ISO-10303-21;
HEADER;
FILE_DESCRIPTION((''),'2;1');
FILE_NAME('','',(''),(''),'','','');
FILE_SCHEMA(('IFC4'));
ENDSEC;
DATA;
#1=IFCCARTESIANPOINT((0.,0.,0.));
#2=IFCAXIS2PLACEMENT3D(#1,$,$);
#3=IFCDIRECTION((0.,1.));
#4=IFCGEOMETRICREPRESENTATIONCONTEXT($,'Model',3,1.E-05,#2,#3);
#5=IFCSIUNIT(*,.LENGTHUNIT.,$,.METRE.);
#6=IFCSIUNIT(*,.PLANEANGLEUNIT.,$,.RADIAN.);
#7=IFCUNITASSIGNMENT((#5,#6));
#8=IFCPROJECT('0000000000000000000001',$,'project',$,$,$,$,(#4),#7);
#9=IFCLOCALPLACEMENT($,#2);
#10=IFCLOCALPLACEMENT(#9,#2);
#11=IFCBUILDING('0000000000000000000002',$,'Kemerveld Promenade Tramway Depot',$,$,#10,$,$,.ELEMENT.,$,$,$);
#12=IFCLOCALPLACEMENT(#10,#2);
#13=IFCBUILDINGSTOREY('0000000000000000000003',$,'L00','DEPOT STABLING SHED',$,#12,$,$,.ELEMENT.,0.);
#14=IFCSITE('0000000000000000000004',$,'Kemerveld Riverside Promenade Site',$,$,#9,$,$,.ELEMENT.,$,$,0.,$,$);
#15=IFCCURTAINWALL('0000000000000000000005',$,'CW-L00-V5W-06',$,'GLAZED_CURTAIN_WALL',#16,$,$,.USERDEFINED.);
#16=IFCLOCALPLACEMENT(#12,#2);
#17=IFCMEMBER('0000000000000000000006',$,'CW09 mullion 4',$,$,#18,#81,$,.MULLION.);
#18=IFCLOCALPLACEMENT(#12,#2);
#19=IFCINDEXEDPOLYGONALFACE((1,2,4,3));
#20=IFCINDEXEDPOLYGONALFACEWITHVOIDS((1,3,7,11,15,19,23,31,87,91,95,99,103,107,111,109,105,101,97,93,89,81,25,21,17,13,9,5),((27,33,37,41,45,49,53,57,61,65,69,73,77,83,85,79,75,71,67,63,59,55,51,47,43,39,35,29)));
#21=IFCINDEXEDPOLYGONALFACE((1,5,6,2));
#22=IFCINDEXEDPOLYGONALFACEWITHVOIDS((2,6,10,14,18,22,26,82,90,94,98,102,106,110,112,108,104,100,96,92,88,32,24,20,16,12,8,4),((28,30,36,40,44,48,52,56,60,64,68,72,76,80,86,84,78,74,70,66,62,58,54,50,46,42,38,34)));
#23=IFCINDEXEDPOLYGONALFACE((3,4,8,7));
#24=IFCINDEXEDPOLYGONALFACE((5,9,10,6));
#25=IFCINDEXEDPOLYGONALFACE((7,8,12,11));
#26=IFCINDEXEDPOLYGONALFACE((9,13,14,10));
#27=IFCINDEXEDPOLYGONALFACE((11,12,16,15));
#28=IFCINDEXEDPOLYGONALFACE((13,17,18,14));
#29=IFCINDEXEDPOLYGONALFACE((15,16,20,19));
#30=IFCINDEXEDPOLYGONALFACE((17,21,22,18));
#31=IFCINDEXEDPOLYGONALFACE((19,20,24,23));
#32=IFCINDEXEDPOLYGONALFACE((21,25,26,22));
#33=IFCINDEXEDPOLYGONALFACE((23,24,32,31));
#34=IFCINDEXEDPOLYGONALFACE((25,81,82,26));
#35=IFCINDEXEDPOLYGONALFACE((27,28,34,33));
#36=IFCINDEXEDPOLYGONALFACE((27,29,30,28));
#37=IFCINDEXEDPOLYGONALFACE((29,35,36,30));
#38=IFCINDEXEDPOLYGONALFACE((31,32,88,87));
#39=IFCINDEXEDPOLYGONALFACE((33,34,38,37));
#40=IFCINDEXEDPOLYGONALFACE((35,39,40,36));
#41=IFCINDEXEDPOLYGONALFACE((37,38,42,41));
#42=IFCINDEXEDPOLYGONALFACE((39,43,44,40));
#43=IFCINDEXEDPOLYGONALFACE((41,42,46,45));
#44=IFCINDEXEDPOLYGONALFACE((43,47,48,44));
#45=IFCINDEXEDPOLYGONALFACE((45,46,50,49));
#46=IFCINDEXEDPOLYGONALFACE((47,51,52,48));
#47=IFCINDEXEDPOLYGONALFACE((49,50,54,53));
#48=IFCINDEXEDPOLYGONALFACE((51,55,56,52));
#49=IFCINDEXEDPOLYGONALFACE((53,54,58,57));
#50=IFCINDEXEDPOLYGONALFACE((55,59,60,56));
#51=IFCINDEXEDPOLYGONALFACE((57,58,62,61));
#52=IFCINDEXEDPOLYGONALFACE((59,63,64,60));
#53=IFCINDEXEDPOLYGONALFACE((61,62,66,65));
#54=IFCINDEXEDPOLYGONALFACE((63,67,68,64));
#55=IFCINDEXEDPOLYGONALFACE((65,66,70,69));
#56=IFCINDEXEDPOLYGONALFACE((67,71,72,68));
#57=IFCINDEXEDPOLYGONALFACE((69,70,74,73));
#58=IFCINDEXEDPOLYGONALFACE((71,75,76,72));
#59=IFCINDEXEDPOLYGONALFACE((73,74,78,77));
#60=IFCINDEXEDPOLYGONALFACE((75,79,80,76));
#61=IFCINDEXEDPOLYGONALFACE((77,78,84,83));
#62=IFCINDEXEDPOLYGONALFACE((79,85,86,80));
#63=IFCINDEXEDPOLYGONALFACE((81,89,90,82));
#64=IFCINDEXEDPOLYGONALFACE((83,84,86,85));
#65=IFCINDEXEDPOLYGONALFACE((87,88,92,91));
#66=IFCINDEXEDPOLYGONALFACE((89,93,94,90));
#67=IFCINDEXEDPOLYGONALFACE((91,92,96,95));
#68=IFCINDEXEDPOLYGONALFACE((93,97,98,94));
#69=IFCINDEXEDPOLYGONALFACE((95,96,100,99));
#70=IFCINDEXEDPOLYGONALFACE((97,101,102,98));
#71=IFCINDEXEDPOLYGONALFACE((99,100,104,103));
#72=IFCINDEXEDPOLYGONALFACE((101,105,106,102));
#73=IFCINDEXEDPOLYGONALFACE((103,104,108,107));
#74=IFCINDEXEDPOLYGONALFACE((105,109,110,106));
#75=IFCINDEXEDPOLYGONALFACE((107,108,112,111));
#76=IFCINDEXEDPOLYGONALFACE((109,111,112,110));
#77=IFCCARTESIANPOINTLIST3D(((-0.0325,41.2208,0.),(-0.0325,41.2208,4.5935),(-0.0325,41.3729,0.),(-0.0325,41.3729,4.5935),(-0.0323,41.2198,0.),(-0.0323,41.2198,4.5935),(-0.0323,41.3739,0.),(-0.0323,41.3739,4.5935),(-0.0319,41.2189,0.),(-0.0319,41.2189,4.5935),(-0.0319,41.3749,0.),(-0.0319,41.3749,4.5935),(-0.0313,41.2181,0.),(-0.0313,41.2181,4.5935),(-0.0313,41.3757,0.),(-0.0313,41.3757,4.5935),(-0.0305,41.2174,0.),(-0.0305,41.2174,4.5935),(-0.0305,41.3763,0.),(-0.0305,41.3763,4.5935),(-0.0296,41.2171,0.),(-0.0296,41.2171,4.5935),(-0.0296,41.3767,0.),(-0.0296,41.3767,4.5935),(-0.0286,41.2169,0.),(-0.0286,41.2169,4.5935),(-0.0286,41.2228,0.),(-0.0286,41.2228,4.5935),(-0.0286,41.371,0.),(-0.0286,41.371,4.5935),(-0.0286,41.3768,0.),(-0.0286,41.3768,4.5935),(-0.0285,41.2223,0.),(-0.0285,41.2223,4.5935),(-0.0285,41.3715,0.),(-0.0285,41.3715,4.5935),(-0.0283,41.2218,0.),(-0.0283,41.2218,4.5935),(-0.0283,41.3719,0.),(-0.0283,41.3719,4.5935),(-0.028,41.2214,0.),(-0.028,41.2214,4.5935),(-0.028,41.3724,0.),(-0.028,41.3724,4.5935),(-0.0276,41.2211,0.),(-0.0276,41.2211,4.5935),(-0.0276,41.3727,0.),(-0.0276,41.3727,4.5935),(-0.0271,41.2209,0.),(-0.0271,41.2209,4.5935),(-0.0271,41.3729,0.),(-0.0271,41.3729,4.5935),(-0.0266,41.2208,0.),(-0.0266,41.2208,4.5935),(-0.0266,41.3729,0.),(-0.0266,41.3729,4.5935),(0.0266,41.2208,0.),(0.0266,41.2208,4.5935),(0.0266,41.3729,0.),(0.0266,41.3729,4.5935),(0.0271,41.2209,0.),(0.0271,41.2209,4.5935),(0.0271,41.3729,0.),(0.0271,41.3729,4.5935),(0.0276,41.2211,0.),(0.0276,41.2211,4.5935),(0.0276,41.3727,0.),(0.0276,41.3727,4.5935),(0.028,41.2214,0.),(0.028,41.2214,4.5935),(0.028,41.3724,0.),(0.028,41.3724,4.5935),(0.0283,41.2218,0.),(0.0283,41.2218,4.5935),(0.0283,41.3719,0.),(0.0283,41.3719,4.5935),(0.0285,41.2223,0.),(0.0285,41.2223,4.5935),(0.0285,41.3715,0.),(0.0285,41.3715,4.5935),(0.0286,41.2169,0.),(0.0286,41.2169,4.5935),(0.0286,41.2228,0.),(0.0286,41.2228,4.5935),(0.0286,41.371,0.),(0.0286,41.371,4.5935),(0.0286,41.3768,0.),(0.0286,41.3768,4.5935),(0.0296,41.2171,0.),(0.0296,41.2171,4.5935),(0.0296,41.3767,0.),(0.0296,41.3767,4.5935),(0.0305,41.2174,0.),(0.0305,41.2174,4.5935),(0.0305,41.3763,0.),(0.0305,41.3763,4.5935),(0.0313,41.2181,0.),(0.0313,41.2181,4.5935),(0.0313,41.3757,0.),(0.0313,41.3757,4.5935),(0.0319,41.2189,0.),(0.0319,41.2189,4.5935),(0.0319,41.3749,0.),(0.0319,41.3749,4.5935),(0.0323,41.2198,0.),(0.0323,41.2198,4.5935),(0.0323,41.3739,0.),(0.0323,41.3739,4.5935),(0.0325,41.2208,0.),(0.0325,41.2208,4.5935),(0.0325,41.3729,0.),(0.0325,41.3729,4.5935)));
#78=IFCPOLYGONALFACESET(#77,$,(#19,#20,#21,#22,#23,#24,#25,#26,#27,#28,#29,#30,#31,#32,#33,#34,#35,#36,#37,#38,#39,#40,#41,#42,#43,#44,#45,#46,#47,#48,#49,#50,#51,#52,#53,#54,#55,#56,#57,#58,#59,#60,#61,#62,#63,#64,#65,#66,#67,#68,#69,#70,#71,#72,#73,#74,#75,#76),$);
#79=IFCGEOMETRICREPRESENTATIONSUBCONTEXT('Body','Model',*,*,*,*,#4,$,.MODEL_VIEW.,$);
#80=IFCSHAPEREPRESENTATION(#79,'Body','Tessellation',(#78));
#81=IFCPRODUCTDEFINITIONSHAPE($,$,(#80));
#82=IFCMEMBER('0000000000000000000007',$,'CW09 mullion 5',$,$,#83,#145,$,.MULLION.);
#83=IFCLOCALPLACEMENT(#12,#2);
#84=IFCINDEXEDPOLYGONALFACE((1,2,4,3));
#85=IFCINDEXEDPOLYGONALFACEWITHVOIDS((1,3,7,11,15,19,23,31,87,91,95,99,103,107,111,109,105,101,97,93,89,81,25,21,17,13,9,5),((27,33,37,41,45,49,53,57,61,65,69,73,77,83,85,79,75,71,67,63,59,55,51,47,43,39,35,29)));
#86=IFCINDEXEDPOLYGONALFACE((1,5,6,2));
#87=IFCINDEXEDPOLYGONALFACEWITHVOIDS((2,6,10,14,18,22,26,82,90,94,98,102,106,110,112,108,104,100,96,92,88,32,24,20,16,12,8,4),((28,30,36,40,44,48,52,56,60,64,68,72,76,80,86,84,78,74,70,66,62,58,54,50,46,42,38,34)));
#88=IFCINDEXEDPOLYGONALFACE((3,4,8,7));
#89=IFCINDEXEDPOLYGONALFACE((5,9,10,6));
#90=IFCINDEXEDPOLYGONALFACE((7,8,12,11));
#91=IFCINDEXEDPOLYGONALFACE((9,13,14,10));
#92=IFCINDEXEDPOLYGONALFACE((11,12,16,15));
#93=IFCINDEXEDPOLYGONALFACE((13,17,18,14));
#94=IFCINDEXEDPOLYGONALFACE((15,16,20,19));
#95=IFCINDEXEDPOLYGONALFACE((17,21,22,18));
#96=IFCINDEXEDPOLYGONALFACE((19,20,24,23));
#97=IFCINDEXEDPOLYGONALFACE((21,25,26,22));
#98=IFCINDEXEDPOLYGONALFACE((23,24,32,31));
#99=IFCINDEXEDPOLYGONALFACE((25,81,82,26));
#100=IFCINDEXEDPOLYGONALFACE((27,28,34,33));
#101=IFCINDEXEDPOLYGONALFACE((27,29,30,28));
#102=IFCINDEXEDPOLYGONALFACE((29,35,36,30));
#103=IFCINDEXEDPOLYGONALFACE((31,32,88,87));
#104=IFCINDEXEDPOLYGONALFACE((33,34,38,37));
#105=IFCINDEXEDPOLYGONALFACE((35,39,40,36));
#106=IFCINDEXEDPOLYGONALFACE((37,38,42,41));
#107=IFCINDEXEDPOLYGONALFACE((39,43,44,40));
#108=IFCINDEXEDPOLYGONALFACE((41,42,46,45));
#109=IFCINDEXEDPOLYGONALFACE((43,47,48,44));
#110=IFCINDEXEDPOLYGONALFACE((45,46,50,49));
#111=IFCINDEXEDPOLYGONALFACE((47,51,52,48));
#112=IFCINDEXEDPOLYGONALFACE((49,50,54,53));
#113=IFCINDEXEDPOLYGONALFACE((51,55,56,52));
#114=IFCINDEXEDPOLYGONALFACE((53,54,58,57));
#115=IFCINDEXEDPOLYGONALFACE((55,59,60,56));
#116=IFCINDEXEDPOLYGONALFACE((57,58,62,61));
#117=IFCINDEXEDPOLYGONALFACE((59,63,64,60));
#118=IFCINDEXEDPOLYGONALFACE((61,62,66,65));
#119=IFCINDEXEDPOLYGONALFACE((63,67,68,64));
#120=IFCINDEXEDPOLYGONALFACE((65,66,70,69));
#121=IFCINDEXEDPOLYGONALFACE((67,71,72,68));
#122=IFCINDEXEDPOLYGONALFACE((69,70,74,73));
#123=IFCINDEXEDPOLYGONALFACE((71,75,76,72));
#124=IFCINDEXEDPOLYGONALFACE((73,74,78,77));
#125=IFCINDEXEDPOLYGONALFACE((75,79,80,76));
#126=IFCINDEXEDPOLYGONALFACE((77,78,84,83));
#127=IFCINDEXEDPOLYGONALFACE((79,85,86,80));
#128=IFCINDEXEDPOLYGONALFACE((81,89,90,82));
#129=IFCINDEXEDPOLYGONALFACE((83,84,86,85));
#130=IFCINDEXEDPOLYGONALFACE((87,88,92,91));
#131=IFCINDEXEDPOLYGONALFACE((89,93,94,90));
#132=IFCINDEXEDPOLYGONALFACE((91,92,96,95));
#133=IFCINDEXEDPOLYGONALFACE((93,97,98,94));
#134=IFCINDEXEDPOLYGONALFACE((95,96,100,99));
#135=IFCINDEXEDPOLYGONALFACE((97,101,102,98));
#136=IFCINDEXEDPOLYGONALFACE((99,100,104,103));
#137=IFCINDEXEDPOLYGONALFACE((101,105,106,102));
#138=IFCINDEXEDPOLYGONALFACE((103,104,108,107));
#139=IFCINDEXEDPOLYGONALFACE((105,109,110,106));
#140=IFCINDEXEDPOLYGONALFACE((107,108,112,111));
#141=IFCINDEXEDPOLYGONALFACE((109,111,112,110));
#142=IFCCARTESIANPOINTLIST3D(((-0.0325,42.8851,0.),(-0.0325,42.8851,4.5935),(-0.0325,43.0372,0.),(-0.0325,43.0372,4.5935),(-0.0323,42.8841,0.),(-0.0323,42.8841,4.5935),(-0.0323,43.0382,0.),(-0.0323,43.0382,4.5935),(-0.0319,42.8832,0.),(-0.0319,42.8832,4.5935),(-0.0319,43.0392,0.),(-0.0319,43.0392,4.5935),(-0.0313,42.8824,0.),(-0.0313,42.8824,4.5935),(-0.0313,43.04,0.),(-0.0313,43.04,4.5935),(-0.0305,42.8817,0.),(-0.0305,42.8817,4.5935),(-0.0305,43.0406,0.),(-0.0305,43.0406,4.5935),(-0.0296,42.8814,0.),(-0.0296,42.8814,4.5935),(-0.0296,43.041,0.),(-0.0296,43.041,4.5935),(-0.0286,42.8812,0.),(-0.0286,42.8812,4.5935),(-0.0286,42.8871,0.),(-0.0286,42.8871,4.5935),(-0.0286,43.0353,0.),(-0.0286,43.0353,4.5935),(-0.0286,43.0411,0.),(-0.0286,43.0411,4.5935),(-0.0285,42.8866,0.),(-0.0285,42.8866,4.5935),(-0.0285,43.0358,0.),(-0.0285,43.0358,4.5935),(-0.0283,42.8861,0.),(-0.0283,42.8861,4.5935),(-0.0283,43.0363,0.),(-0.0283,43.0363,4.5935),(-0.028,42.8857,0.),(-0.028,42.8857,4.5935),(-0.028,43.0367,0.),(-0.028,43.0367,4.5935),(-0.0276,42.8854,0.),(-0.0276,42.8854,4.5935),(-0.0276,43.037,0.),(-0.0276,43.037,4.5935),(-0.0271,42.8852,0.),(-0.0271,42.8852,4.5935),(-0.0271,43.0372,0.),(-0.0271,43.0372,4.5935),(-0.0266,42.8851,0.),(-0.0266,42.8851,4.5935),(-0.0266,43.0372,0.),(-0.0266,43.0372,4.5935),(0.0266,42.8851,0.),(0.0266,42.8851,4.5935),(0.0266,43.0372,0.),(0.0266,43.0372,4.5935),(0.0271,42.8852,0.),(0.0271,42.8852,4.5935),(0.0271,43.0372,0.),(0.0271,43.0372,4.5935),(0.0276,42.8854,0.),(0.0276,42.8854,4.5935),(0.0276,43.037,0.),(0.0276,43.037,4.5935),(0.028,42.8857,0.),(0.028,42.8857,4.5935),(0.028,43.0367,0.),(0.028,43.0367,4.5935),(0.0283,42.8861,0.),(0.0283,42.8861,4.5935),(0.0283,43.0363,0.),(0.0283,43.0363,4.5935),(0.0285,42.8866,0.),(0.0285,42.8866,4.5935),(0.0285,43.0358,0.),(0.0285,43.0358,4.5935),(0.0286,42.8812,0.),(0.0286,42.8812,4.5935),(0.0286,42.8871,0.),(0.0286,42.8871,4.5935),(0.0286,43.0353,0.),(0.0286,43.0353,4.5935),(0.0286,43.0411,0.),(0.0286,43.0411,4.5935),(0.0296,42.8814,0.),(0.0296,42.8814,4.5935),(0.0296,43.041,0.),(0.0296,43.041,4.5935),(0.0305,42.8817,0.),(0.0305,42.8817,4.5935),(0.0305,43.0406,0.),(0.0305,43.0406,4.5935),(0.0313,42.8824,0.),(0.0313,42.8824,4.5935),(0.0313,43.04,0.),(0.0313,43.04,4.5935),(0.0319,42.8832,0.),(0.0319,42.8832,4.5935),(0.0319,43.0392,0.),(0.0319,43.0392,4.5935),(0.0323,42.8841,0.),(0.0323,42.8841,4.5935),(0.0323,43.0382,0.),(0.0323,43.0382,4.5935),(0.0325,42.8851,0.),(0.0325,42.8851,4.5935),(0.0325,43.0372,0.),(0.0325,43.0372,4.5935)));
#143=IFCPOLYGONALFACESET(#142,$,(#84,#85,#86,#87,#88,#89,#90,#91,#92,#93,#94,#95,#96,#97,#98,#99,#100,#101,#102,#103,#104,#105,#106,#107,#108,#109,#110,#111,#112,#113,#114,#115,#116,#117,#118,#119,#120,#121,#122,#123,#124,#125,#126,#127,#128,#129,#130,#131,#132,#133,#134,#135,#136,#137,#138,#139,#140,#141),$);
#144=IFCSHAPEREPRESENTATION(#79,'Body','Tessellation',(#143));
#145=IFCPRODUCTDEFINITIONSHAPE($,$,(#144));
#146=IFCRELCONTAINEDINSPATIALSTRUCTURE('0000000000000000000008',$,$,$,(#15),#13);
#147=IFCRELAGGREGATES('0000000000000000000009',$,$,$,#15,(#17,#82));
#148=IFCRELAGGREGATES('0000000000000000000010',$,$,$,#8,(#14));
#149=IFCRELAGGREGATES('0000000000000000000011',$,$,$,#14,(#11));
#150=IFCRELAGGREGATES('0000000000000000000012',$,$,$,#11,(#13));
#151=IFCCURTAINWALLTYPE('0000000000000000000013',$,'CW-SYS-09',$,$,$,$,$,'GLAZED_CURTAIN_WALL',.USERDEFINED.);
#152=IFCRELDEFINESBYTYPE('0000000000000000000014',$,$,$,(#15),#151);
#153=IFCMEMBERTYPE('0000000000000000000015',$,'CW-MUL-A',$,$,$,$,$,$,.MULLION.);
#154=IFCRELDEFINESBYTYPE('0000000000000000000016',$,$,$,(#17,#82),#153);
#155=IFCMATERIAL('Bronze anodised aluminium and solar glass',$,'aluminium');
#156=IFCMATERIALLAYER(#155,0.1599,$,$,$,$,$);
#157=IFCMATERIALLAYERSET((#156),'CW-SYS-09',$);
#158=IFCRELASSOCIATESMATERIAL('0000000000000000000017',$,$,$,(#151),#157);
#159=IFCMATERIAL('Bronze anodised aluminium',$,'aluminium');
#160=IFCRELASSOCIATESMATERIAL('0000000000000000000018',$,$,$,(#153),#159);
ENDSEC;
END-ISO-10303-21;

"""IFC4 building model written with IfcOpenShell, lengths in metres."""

from ifc_helpers import new_model, si_unit, direction, frame, origin, origin_2d, place, context, subcontext, project, spatial, hollow_rectangle, extrude, material, layer, layer_set, material_profile, profile_set, type_object, element, aggregate, save


model = new_model("IFC4")

# Units and contexts
model_context = context("Model", 3, precision=1e-05, world=origin(), true_north=direction((0.0, 1.0)))
body_context = subcontext(model_context, "Body", "Model", "MODEL_VIEW")
ifc_project = project(units=[si_unit("LENGTHUNIT", "METRE"), si_unit("PLANEANGLEUNIT", "RADIAN")], contexts=[model_context])

# Site, building, storey
site_placement = place(None, origin())
site = spatial("IfcSite", under=ifc_project, at=site_placement, Name="Kemerveld Riverside Promenade Site", CompositionType="ELEMENT", RefElevation=0.0)
building_placement = place(site_placement, origin())
building = spatial("IfcBuilding", under=site, at=building_placement, Name="Kemerveld Promenade Tramway Depot", CompositionType="ELEMENT")
storey_placement = place(building_placement, origin())
storey = spatial("IfcBuildingStorey", under=building, at=storey_placement, Name="L00", Description="DEPOT STABLING SHED", CompositionType="ELEMENT", Elevation=0.0)

# Curtain wall, members
ifc_material_1 = material(Name="Bronze anodised aluminium and solar glass", Category="aluminium")
ifc_layer_1 = layer(ifc_material_1, 0.1599)
ifc_layer_set_1 = layer_set([ifc_layer_1], Name="CW-SYS-09")
curtain_wall_type = type_object("IfcCurtainWallType", Name="CW-SYS-09", ElementType="GLAZED_CURTAIN_WALL", PredefinedType="USERDEFINED", material=ifc_layer_set_1)
curtain_wall_placement = place(storey_placement, origin())
curtain_wall = element("IfcCurtainWall", 1, at=curtain_wall_placement, inside=storey, type_object=curtain_wall_type, Name="CW-L00-V5W-06", ObjectType="GLAZED_CURTAIN_WALL", PredefinedType="USERDEFINED")
ifc_material_2 = material(Name="Bronze anodised aluminium", Category="aluminium")
ifc_material_profile_1 = material_profile(ifc_material_2, hollow_rectangle(XDim=0.0649, YDim=0.1599, WallThickness=0.0039, InnerFilletRadius=0.002, OuterFilletRadius=0.0039, at=origin_2d()), Name="CW-MUL-160x65")
ifc_profile_set_1 = profile_set([ifc_material_profile_1], Name="Bronze anodised aluminium")
member_type_1 = type_object("IfcMemberType", Name="CW-MUL-A", PredefinedType="MULLION", material=ifc_profile_set_1)
member_1_placement = place(storey_placement, frame((0.0, 41.2969, 0.0), z_axis=(0.0, 0.0, 1.0), x_axis=(-1.0, 0.0, 0.0)))
member_1 = element("IfcMember", 2, at=member_1_placement, type_object=member_type_1, Name="CW09 mullion 4", PredefinedType="MULLION", context=body_context, shape_type="SweptSolid", body=[
    extrude(hollow_rectangle(XDim=0.0649, YDim=0.1599, WallThickness=0.0039, InnerFilletRadius=0.002, OuterFilletRadius=0.0039, at=origin_2d()), origin(), (0.0, 0.0, 1.0), 4.5935),
])
member_2_placement = place(storey_placement, frame((0.0, 42.9612, 0.0), z_axis=(0.0, 0.0, 1.0), x_axis=(-1.0, 0.0, 0.0)))
member_2 = element("IfcMember", 3, at=member_2_placement, type_object=member_type_1, Name="CW09 mullion 5", PredefinedType="MULLION", context=body_context, shape_type="SweptSolid", body=[
    extrude(hollow_rectangle(XDim=0.0649, YDim=0.1599, WallThickness=0.0039, InnerFilletRadius=0.002, OuterFilletRadius=0.0039, at=origin_2d()), origin(), (0.0, 0.0, 1.0), 4.5935),
])
aggregate(curtain_wall, [member_1, member_2])

save(model, "model.ifc")
